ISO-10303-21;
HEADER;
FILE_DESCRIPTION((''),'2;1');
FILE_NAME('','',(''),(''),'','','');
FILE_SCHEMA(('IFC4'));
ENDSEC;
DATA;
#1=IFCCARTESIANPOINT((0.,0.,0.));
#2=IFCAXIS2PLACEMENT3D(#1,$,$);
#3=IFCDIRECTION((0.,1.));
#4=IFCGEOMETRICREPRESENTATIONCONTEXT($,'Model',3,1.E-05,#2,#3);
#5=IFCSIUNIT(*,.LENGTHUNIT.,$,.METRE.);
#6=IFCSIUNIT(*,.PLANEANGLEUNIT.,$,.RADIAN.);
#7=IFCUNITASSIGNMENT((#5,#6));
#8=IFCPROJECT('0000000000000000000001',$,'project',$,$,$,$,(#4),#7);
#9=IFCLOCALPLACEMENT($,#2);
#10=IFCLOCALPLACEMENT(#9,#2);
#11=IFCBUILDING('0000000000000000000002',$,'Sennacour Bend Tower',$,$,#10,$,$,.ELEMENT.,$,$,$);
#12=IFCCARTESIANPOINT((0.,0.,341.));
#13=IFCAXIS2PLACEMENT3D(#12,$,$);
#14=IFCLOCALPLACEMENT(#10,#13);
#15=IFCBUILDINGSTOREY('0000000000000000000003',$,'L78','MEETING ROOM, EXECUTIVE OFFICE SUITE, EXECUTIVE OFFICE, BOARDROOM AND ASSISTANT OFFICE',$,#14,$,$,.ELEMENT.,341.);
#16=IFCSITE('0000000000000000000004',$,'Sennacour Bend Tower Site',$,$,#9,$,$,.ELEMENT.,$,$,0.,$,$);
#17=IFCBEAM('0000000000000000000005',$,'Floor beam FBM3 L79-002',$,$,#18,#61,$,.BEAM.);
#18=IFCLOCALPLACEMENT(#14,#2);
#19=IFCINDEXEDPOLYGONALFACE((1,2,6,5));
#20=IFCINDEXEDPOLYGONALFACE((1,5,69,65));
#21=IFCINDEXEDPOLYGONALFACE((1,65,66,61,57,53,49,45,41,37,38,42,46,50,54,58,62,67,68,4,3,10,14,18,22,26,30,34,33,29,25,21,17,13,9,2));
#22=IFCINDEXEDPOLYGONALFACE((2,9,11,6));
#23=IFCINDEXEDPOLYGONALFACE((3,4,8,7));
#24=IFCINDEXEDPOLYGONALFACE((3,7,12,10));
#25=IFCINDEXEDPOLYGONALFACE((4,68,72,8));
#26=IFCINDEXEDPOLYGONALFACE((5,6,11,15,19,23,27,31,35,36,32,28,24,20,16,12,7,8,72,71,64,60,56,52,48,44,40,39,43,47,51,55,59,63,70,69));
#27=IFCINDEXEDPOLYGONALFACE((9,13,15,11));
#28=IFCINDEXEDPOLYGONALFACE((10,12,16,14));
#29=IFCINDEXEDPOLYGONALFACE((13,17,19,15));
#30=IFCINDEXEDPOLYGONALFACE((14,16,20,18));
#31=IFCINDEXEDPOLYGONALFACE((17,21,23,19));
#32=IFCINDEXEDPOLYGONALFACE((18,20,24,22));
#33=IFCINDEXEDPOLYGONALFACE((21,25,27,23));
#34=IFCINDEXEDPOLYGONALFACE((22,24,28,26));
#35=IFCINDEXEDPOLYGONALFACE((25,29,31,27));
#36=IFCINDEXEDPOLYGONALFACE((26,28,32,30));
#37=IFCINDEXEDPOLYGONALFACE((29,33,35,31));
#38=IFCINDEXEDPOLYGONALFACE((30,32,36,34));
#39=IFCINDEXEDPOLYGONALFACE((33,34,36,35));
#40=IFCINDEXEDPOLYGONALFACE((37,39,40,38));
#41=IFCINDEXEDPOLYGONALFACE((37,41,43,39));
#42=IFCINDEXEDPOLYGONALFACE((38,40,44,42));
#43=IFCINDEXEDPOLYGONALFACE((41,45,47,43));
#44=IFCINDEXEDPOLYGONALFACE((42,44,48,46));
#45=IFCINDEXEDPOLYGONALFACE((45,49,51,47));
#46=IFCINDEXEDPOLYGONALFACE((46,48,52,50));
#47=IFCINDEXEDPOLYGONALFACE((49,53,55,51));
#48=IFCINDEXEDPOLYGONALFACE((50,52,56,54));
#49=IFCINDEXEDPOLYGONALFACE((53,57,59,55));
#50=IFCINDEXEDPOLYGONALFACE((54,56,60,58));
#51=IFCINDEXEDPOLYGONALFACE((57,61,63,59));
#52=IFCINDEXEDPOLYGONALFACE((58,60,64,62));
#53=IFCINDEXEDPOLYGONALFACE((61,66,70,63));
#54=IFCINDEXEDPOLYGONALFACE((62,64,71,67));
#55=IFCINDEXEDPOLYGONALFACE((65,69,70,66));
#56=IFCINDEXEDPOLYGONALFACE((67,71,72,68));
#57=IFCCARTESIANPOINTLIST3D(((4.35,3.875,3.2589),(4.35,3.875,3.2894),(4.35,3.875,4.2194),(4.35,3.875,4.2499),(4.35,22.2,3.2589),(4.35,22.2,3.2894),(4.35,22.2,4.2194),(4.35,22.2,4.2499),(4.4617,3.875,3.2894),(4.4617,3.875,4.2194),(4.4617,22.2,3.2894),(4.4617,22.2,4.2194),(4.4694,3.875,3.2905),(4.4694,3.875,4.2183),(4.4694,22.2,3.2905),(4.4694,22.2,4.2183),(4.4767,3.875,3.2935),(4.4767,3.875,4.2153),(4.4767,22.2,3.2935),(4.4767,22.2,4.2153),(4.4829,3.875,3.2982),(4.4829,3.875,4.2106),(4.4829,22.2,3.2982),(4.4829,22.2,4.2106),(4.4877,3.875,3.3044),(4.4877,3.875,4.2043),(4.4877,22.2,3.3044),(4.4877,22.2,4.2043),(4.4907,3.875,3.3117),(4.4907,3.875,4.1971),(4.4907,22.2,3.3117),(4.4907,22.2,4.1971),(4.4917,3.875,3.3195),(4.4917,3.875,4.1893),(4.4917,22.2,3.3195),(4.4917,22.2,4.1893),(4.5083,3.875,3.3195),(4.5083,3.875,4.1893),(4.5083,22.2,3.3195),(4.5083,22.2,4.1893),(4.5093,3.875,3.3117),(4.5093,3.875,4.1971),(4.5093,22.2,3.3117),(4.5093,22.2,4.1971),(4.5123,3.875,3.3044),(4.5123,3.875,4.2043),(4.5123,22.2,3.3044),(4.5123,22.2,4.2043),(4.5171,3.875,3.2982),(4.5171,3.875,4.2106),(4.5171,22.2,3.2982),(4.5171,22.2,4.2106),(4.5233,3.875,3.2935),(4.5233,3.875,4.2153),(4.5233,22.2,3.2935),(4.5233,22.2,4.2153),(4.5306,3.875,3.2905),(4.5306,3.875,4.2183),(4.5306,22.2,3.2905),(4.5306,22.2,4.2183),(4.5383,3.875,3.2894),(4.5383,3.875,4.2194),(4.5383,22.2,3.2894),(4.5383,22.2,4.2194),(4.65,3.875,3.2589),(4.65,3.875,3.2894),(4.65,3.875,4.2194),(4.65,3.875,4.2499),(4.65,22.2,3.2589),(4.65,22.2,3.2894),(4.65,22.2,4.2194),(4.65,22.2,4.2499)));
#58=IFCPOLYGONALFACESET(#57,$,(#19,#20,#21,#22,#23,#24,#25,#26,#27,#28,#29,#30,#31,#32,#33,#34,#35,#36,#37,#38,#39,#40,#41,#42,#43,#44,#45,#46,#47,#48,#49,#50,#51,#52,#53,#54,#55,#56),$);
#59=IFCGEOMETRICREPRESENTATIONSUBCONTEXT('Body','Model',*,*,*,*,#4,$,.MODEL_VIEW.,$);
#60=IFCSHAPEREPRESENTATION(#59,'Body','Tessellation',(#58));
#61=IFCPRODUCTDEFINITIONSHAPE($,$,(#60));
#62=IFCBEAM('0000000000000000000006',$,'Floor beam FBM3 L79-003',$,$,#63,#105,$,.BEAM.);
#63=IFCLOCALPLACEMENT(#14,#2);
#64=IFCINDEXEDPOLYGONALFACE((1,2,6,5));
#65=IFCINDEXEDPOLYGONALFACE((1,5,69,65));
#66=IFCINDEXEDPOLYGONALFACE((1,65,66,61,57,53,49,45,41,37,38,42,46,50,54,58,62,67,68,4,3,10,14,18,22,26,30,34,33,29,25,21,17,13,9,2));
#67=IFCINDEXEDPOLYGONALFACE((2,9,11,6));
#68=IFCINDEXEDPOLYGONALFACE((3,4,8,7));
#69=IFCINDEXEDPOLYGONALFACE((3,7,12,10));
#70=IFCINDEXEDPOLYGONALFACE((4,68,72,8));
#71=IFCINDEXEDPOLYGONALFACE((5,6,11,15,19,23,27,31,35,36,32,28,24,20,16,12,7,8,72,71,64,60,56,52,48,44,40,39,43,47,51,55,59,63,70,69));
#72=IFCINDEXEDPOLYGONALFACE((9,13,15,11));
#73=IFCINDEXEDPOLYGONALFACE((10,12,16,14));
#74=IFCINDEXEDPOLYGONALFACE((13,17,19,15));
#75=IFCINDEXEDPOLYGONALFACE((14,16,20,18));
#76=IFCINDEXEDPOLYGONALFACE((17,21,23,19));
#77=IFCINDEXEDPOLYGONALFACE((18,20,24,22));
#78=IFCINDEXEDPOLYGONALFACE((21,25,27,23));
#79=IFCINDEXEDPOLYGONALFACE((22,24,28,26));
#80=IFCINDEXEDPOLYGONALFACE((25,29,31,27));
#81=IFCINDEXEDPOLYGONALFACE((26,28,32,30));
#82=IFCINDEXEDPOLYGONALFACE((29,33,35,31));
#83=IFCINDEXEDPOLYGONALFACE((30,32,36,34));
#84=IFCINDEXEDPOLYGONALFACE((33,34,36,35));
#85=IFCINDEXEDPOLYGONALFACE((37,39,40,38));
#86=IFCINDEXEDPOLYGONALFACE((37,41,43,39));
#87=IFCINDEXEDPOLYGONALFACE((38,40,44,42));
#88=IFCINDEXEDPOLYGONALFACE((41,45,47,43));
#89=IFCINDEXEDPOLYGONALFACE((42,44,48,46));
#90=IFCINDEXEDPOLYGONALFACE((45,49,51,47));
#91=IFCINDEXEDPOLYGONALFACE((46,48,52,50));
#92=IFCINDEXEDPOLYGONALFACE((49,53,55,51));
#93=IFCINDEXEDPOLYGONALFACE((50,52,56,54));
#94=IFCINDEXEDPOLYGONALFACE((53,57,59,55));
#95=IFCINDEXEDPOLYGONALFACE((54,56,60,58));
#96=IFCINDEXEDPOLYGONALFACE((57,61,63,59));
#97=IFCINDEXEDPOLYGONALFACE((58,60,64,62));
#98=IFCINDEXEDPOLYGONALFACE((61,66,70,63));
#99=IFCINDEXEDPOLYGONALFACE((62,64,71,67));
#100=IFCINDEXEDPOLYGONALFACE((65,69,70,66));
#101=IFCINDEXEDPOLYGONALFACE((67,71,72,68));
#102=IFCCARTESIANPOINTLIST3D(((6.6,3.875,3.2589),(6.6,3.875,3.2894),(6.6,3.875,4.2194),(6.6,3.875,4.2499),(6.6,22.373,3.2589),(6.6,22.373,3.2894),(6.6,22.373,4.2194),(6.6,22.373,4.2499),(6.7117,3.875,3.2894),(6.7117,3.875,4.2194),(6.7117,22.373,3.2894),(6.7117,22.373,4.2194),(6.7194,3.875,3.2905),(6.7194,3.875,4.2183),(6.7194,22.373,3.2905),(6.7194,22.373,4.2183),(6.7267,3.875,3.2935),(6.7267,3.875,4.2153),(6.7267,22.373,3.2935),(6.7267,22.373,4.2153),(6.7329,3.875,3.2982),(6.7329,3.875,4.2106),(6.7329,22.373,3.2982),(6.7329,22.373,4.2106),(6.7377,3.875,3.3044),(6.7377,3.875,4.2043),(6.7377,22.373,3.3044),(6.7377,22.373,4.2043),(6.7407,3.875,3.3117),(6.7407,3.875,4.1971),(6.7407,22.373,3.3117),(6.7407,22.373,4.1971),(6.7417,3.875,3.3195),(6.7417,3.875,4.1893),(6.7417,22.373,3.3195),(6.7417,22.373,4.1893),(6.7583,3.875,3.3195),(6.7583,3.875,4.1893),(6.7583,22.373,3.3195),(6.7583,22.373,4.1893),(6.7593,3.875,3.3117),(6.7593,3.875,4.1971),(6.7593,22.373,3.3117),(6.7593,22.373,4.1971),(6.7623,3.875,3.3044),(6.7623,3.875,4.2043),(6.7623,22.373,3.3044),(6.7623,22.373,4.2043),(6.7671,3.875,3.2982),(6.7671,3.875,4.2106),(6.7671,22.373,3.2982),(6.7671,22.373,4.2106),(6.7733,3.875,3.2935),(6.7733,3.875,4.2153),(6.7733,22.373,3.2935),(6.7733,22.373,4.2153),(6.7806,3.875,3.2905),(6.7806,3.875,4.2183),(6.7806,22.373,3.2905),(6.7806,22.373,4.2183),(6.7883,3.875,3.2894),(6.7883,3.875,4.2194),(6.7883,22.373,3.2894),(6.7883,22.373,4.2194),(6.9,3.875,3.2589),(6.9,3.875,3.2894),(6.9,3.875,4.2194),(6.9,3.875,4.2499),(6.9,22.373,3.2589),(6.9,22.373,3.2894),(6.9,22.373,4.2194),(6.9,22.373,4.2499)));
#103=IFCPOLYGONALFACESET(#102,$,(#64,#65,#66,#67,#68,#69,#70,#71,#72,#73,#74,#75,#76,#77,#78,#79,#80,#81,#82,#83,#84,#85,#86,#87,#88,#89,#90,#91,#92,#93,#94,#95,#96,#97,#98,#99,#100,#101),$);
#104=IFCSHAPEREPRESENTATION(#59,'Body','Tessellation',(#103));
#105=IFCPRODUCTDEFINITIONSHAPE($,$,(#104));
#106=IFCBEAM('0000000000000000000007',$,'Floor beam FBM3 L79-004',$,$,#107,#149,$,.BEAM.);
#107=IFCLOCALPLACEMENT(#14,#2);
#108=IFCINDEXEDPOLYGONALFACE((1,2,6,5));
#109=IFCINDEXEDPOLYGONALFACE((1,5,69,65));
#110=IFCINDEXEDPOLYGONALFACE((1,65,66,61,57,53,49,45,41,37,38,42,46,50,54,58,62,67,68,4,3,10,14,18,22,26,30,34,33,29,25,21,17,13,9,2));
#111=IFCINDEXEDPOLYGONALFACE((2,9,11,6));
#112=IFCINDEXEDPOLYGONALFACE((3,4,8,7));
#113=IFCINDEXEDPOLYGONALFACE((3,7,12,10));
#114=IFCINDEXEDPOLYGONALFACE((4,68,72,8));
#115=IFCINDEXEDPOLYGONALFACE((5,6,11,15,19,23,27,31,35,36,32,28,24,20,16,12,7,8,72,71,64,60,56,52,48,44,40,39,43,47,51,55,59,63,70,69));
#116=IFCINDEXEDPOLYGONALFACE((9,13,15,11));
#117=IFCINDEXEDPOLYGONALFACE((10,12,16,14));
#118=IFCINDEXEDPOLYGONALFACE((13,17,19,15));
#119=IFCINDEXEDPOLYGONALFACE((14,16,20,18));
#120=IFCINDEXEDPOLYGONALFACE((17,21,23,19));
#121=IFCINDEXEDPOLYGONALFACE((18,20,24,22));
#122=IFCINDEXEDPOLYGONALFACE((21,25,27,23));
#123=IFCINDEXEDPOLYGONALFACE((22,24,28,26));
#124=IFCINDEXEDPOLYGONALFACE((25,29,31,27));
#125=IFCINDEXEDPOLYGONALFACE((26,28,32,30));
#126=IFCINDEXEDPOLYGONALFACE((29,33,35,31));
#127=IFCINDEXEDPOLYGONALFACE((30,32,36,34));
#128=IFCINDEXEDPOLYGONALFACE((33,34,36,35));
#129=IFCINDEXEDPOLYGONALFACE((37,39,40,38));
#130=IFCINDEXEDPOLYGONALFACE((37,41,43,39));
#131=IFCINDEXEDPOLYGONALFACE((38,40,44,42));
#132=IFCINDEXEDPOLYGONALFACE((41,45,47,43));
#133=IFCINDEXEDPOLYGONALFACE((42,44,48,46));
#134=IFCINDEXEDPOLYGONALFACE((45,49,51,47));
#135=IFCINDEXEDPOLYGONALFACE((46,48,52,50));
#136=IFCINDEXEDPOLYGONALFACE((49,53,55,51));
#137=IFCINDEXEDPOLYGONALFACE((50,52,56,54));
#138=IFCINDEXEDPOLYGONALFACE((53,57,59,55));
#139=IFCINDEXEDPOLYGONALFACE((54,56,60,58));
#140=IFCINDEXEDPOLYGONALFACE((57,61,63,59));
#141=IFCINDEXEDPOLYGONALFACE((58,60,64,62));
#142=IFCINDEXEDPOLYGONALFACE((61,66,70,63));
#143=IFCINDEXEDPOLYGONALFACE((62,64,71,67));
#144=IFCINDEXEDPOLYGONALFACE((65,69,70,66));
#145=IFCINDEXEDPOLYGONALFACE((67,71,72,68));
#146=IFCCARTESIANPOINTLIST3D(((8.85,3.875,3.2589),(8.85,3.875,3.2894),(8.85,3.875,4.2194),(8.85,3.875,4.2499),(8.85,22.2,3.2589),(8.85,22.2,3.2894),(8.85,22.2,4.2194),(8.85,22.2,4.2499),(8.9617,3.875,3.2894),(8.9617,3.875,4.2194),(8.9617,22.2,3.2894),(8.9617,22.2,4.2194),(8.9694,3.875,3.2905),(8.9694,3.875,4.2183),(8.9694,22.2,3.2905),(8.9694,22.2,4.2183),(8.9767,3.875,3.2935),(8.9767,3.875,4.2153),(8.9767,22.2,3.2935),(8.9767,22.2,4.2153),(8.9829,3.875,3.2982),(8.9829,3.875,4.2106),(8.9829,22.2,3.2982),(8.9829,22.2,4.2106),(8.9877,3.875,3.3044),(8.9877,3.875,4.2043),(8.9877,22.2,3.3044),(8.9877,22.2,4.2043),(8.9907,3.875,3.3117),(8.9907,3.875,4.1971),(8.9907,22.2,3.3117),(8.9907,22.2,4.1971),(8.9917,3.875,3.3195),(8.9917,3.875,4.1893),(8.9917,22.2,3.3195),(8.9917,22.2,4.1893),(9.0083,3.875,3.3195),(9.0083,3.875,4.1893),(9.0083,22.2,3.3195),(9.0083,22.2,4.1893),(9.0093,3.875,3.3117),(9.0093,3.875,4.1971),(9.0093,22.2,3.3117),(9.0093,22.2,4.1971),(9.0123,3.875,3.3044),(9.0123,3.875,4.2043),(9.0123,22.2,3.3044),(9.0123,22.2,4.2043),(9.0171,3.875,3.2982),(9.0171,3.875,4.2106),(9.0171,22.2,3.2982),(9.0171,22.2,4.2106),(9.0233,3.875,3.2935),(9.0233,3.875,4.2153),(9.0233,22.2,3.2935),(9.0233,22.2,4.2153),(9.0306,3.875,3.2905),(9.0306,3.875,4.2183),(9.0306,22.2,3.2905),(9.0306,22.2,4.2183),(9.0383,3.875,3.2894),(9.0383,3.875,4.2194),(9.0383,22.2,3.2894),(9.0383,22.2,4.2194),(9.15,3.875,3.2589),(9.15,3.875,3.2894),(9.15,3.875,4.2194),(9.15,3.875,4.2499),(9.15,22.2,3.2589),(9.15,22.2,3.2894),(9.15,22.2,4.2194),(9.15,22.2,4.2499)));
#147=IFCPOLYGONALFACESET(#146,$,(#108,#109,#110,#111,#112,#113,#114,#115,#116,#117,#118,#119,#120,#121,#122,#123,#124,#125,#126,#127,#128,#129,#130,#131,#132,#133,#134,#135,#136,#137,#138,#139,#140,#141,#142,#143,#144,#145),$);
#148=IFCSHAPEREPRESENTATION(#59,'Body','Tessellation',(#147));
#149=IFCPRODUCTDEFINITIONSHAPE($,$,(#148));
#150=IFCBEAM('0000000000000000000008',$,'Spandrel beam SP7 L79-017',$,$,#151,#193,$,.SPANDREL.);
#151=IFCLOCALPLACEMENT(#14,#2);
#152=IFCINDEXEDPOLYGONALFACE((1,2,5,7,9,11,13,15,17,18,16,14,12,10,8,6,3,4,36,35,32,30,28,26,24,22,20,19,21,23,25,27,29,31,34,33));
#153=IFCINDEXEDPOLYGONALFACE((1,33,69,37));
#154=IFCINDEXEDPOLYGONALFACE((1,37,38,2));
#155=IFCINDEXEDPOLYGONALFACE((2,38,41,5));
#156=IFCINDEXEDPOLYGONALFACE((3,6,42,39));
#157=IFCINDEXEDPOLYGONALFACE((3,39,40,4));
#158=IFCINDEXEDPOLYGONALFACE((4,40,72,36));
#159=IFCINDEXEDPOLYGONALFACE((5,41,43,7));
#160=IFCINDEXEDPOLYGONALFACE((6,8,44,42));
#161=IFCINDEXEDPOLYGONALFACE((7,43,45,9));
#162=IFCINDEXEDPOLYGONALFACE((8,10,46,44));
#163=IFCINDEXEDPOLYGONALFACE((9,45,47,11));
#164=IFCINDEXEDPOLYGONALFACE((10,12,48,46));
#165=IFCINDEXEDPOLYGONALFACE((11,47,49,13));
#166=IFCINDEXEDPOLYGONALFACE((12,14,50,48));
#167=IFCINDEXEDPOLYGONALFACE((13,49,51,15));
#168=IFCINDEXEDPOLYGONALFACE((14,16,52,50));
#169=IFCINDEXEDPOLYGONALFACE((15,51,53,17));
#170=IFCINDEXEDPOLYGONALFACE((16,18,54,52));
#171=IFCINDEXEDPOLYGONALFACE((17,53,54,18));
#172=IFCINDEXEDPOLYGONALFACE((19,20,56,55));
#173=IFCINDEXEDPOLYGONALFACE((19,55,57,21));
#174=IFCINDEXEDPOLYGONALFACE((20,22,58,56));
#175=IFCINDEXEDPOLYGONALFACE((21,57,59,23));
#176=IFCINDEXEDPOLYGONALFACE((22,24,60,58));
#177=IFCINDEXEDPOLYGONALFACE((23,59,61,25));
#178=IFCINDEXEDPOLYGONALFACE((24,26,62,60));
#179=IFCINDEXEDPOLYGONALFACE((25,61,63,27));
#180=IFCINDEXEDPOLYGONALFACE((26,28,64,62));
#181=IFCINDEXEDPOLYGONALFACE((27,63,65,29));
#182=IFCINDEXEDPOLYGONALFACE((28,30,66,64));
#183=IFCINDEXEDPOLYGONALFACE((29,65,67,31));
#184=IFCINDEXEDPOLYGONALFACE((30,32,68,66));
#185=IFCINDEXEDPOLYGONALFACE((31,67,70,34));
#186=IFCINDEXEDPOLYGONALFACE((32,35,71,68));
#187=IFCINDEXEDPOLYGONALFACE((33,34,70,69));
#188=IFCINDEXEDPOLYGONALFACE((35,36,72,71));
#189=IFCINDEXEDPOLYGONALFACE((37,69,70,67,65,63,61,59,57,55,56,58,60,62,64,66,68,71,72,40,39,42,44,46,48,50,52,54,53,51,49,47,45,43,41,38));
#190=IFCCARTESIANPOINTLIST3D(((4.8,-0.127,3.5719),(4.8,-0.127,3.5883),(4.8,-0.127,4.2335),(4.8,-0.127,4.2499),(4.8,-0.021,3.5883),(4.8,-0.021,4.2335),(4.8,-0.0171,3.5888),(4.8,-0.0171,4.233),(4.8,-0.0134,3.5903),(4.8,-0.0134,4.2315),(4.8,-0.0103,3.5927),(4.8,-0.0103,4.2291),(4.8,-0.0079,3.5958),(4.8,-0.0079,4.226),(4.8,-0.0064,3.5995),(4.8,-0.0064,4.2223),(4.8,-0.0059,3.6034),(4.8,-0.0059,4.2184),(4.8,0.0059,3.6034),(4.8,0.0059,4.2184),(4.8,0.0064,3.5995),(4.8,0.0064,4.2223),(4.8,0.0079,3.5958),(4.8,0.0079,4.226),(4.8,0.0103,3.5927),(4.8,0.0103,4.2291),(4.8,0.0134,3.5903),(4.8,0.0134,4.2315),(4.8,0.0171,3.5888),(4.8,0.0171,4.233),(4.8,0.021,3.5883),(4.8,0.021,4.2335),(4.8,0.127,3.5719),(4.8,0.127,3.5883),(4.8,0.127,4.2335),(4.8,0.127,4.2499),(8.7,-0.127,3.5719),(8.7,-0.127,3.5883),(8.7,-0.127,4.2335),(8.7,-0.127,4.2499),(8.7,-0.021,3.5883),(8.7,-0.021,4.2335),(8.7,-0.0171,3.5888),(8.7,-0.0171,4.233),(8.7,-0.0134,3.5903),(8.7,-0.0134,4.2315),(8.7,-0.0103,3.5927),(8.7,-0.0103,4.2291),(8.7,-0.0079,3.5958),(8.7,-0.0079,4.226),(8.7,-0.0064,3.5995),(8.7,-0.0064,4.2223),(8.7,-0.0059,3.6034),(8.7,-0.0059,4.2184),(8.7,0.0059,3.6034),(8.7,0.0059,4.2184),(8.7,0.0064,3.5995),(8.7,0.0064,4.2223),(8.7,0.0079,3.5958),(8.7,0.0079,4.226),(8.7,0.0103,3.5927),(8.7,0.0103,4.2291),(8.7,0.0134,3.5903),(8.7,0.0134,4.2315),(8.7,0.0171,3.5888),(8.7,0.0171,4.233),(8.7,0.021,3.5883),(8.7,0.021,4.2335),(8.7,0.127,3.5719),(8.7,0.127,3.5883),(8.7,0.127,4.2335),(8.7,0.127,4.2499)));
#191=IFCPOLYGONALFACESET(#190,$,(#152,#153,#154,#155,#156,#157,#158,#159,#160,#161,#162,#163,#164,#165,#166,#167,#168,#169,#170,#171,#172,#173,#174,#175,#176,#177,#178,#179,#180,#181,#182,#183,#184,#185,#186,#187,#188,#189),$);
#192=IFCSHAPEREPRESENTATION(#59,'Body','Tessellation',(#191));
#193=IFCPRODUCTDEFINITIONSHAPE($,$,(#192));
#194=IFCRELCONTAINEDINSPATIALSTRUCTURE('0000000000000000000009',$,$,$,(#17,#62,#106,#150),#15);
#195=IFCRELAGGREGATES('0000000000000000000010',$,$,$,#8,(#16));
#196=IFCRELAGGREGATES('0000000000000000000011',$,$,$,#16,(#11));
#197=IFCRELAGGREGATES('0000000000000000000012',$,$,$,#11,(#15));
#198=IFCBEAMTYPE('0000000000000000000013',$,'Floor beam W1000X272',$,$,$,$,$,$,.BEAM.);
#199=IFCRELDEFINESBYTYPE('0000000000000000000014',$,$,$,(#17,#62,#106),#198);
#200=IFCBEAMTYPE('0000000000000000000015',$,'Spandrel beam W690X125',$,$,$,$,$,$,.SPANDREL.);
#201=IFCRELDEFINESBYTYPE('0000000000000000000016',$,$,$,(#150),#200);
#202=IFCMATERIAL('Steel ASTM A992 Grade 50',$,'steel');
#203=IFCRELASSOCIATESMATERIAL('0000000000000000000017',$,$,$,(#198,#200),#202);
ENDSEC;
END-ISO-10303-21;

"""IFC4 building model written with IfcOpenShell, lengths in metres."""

from ifc_helpers import new_model, si_unit, direction, frame, origin, origin_2d, place, context, subcontext, project, spatial, i_section, extrude, material, material_profile, profile_set, type_object, element, save


model = new_model("IFC4")

# Units and contexts
model_context = context("Model", 3, precision=1e-05, world=origin(), true_north=direction((0.0, 1.0)))
body_context = subcontext(model_context, "Body", "Model", "MODEL_VIEW")
ifc_project = project(units=[si_unit("LENGTHUNIT", "METRE"), si_unit("PLANEANGLEUNIT", "RADIAN")], contexts=[model_context])

# Site, building, storey
site_placement = place(None, origin())
site = spatial("IfcSite", under=ifc_project, at=site_placement, Name="Sennacour Bend Tower Site", CompositionType="ELEMENT", RefElevation=0.0)
building_placement = place(site_placement, origin())
building = spatial("IfcBuilding", under=site, at=building_placement, Name="Sennacour Bend Tower", CompositionType="ELEMENT")
storey_placement = place(building_placement, frame((0.0, 0.0, 341.0)))
storey = spatial("IfcBuildingStorey", under=building, at=storey_placement, Name="L78", Description="MEETING ROOM, EXECUTIVE OFFICE SUITE, EXECUTIVE OFFICE, BOARDROOM AND ASSISTANT OFFICE", CompositionType="ELEMENT", Elevation=341.0)

# Beams
ifc_material_1 = material(Name="Steel ASTM A992 Grade 50", Category="steel")
ifc_material_profile_1 = material_profile(ifc_material_1, i_section(OverallWidth=0.3, OverallDepth=0.991, WebThickness=0.0166, FlangeThickness=0.0305, FilletRadius=0.03, at=origin_2d()), Name="Steel ASTM A992 Grade 50", Category="steel")
ifc_profile_set_1 = profile_set([ifc_material_profile_1], Name="Steel ASTM A992 Grade 50")
beam_type_1 = type_object("IfcBeamType", Name="Floor beam W1000X272", PredefinedType="BEAM", material=ifc_profile_set_1)
beam_1_placement = place(storey_placement, frame((4.5, 3.875, 3.7544), z_axis=(0.0, 1.0, 0.0), x_axis=(-1.0, 0.0, 0.0)))
element("IfcBeam", 1, at=beam_1_placement, inside=storey, type_object=beam_type_1, Name="Floor beam FBM3 L79-002", PredefinedType="BEAM", context=body_context, shape_type="SweptSolid", body=[
    extrude(i_section(OverallWidth=0.3, OverallDepth=0.991, WebThickness=0.0166, FlangeThickness=0.0305, FilletRadius=0.03, at=origin_2d()), origin(), (0.0, 0.0, 1.0), 18.325),
])
beam_2_placement = place(storey_placement, frame((6.75, 3.875, 3.7544), z_axis=(0.0, 1.0, 0.0), x_axis=(-1.0, 0.0, 0.0)))
element("IfcBeam", 2, at=beam_2_placement, inside=storey, type_object=beam_type_1, Name="Floor beam FBM3 L79-003", PredefinedType="BEAM", context=body_context, shape_type="SweptSolid", body=[
    extrude(i_section(OverallWidth=0.3, OverallDepth=0.991, WebThickness=0.0166, FlangeThickness=0.0305, FilletRadius=0.03, at=origin_2d()), origin(), (0.0, 0.0, 1.0), 18.498),
])
beam_3_placement = place(storey_placement, frame((9.0, 3.875, 3.7544), z_axis=(0.0, 1.0, 0.0), x_axis=(-1.0, 0.0, 0.0)))
element("IfcBeam", 3, at=beam_3_placement, inside=storey, type_object=beam_type_1, Name="Floor beam FBM3 L79-004", PredefinedType="BEAM", context=body_context, shape_type="SweptSolid", body=[
    extrude(i_section(OverallWidth=0.3, OverallDepth=0.991, WebThickness=0.0166, FlangeThickness=0.0305, FilletRadius=0.03, at=origin_2d()), origin(), (0.0, 0.0, 1.0), 18.325),
])
ifc_material_profile_2 = material_profile(ifc_material_1, i_section(OverallWidth=0.2539, OverallDepth=0.678, WebThickness=0.0117, FlangeThickness=0.0164, FilletRadius=0.0151, at=origin_2d()), Name="Steel ASTM A992 Grade 50", Category="steel")
ifc_profile_set_2 = profile_set([ifc_material_profile_2], Name="Steel ASTM A992 Grade 50")
beam_type_2 = type_object("IfcBeamType", Name="Spandrel beam W690X125", PredefinedType="SPANDREL", material=ifc_profile_set_2)
for number, where, z_axis, x_axis, name in (
    (4, (8.7, 0.0, 3.9109), (-1.0, 0.0, 0.0), (0.0, -1.0, 0.0), "Spandrel beam SP7 L79-017"),
):
    element("IfcBeam", number, at=place(storey_placement, frame(where, z_axis=z_axis, x_axis=x_axis)), inside=storey, type_object=beam_type_2, Name=name, PredefinedType="SPANDREL", context=body_context, shape_type="SweptSolid", body=[
        extrude(i_section(OverallWidth=0.2539, OverallDepth=0.678, WebThickness=0.0117, FlangeThickness=0.0164, FilletRadius=0.0151, at=origin_2d()), origin(), (0.0, 0.0, 1.0), 3.8999),
    ])

save(model, "model.ifc")
